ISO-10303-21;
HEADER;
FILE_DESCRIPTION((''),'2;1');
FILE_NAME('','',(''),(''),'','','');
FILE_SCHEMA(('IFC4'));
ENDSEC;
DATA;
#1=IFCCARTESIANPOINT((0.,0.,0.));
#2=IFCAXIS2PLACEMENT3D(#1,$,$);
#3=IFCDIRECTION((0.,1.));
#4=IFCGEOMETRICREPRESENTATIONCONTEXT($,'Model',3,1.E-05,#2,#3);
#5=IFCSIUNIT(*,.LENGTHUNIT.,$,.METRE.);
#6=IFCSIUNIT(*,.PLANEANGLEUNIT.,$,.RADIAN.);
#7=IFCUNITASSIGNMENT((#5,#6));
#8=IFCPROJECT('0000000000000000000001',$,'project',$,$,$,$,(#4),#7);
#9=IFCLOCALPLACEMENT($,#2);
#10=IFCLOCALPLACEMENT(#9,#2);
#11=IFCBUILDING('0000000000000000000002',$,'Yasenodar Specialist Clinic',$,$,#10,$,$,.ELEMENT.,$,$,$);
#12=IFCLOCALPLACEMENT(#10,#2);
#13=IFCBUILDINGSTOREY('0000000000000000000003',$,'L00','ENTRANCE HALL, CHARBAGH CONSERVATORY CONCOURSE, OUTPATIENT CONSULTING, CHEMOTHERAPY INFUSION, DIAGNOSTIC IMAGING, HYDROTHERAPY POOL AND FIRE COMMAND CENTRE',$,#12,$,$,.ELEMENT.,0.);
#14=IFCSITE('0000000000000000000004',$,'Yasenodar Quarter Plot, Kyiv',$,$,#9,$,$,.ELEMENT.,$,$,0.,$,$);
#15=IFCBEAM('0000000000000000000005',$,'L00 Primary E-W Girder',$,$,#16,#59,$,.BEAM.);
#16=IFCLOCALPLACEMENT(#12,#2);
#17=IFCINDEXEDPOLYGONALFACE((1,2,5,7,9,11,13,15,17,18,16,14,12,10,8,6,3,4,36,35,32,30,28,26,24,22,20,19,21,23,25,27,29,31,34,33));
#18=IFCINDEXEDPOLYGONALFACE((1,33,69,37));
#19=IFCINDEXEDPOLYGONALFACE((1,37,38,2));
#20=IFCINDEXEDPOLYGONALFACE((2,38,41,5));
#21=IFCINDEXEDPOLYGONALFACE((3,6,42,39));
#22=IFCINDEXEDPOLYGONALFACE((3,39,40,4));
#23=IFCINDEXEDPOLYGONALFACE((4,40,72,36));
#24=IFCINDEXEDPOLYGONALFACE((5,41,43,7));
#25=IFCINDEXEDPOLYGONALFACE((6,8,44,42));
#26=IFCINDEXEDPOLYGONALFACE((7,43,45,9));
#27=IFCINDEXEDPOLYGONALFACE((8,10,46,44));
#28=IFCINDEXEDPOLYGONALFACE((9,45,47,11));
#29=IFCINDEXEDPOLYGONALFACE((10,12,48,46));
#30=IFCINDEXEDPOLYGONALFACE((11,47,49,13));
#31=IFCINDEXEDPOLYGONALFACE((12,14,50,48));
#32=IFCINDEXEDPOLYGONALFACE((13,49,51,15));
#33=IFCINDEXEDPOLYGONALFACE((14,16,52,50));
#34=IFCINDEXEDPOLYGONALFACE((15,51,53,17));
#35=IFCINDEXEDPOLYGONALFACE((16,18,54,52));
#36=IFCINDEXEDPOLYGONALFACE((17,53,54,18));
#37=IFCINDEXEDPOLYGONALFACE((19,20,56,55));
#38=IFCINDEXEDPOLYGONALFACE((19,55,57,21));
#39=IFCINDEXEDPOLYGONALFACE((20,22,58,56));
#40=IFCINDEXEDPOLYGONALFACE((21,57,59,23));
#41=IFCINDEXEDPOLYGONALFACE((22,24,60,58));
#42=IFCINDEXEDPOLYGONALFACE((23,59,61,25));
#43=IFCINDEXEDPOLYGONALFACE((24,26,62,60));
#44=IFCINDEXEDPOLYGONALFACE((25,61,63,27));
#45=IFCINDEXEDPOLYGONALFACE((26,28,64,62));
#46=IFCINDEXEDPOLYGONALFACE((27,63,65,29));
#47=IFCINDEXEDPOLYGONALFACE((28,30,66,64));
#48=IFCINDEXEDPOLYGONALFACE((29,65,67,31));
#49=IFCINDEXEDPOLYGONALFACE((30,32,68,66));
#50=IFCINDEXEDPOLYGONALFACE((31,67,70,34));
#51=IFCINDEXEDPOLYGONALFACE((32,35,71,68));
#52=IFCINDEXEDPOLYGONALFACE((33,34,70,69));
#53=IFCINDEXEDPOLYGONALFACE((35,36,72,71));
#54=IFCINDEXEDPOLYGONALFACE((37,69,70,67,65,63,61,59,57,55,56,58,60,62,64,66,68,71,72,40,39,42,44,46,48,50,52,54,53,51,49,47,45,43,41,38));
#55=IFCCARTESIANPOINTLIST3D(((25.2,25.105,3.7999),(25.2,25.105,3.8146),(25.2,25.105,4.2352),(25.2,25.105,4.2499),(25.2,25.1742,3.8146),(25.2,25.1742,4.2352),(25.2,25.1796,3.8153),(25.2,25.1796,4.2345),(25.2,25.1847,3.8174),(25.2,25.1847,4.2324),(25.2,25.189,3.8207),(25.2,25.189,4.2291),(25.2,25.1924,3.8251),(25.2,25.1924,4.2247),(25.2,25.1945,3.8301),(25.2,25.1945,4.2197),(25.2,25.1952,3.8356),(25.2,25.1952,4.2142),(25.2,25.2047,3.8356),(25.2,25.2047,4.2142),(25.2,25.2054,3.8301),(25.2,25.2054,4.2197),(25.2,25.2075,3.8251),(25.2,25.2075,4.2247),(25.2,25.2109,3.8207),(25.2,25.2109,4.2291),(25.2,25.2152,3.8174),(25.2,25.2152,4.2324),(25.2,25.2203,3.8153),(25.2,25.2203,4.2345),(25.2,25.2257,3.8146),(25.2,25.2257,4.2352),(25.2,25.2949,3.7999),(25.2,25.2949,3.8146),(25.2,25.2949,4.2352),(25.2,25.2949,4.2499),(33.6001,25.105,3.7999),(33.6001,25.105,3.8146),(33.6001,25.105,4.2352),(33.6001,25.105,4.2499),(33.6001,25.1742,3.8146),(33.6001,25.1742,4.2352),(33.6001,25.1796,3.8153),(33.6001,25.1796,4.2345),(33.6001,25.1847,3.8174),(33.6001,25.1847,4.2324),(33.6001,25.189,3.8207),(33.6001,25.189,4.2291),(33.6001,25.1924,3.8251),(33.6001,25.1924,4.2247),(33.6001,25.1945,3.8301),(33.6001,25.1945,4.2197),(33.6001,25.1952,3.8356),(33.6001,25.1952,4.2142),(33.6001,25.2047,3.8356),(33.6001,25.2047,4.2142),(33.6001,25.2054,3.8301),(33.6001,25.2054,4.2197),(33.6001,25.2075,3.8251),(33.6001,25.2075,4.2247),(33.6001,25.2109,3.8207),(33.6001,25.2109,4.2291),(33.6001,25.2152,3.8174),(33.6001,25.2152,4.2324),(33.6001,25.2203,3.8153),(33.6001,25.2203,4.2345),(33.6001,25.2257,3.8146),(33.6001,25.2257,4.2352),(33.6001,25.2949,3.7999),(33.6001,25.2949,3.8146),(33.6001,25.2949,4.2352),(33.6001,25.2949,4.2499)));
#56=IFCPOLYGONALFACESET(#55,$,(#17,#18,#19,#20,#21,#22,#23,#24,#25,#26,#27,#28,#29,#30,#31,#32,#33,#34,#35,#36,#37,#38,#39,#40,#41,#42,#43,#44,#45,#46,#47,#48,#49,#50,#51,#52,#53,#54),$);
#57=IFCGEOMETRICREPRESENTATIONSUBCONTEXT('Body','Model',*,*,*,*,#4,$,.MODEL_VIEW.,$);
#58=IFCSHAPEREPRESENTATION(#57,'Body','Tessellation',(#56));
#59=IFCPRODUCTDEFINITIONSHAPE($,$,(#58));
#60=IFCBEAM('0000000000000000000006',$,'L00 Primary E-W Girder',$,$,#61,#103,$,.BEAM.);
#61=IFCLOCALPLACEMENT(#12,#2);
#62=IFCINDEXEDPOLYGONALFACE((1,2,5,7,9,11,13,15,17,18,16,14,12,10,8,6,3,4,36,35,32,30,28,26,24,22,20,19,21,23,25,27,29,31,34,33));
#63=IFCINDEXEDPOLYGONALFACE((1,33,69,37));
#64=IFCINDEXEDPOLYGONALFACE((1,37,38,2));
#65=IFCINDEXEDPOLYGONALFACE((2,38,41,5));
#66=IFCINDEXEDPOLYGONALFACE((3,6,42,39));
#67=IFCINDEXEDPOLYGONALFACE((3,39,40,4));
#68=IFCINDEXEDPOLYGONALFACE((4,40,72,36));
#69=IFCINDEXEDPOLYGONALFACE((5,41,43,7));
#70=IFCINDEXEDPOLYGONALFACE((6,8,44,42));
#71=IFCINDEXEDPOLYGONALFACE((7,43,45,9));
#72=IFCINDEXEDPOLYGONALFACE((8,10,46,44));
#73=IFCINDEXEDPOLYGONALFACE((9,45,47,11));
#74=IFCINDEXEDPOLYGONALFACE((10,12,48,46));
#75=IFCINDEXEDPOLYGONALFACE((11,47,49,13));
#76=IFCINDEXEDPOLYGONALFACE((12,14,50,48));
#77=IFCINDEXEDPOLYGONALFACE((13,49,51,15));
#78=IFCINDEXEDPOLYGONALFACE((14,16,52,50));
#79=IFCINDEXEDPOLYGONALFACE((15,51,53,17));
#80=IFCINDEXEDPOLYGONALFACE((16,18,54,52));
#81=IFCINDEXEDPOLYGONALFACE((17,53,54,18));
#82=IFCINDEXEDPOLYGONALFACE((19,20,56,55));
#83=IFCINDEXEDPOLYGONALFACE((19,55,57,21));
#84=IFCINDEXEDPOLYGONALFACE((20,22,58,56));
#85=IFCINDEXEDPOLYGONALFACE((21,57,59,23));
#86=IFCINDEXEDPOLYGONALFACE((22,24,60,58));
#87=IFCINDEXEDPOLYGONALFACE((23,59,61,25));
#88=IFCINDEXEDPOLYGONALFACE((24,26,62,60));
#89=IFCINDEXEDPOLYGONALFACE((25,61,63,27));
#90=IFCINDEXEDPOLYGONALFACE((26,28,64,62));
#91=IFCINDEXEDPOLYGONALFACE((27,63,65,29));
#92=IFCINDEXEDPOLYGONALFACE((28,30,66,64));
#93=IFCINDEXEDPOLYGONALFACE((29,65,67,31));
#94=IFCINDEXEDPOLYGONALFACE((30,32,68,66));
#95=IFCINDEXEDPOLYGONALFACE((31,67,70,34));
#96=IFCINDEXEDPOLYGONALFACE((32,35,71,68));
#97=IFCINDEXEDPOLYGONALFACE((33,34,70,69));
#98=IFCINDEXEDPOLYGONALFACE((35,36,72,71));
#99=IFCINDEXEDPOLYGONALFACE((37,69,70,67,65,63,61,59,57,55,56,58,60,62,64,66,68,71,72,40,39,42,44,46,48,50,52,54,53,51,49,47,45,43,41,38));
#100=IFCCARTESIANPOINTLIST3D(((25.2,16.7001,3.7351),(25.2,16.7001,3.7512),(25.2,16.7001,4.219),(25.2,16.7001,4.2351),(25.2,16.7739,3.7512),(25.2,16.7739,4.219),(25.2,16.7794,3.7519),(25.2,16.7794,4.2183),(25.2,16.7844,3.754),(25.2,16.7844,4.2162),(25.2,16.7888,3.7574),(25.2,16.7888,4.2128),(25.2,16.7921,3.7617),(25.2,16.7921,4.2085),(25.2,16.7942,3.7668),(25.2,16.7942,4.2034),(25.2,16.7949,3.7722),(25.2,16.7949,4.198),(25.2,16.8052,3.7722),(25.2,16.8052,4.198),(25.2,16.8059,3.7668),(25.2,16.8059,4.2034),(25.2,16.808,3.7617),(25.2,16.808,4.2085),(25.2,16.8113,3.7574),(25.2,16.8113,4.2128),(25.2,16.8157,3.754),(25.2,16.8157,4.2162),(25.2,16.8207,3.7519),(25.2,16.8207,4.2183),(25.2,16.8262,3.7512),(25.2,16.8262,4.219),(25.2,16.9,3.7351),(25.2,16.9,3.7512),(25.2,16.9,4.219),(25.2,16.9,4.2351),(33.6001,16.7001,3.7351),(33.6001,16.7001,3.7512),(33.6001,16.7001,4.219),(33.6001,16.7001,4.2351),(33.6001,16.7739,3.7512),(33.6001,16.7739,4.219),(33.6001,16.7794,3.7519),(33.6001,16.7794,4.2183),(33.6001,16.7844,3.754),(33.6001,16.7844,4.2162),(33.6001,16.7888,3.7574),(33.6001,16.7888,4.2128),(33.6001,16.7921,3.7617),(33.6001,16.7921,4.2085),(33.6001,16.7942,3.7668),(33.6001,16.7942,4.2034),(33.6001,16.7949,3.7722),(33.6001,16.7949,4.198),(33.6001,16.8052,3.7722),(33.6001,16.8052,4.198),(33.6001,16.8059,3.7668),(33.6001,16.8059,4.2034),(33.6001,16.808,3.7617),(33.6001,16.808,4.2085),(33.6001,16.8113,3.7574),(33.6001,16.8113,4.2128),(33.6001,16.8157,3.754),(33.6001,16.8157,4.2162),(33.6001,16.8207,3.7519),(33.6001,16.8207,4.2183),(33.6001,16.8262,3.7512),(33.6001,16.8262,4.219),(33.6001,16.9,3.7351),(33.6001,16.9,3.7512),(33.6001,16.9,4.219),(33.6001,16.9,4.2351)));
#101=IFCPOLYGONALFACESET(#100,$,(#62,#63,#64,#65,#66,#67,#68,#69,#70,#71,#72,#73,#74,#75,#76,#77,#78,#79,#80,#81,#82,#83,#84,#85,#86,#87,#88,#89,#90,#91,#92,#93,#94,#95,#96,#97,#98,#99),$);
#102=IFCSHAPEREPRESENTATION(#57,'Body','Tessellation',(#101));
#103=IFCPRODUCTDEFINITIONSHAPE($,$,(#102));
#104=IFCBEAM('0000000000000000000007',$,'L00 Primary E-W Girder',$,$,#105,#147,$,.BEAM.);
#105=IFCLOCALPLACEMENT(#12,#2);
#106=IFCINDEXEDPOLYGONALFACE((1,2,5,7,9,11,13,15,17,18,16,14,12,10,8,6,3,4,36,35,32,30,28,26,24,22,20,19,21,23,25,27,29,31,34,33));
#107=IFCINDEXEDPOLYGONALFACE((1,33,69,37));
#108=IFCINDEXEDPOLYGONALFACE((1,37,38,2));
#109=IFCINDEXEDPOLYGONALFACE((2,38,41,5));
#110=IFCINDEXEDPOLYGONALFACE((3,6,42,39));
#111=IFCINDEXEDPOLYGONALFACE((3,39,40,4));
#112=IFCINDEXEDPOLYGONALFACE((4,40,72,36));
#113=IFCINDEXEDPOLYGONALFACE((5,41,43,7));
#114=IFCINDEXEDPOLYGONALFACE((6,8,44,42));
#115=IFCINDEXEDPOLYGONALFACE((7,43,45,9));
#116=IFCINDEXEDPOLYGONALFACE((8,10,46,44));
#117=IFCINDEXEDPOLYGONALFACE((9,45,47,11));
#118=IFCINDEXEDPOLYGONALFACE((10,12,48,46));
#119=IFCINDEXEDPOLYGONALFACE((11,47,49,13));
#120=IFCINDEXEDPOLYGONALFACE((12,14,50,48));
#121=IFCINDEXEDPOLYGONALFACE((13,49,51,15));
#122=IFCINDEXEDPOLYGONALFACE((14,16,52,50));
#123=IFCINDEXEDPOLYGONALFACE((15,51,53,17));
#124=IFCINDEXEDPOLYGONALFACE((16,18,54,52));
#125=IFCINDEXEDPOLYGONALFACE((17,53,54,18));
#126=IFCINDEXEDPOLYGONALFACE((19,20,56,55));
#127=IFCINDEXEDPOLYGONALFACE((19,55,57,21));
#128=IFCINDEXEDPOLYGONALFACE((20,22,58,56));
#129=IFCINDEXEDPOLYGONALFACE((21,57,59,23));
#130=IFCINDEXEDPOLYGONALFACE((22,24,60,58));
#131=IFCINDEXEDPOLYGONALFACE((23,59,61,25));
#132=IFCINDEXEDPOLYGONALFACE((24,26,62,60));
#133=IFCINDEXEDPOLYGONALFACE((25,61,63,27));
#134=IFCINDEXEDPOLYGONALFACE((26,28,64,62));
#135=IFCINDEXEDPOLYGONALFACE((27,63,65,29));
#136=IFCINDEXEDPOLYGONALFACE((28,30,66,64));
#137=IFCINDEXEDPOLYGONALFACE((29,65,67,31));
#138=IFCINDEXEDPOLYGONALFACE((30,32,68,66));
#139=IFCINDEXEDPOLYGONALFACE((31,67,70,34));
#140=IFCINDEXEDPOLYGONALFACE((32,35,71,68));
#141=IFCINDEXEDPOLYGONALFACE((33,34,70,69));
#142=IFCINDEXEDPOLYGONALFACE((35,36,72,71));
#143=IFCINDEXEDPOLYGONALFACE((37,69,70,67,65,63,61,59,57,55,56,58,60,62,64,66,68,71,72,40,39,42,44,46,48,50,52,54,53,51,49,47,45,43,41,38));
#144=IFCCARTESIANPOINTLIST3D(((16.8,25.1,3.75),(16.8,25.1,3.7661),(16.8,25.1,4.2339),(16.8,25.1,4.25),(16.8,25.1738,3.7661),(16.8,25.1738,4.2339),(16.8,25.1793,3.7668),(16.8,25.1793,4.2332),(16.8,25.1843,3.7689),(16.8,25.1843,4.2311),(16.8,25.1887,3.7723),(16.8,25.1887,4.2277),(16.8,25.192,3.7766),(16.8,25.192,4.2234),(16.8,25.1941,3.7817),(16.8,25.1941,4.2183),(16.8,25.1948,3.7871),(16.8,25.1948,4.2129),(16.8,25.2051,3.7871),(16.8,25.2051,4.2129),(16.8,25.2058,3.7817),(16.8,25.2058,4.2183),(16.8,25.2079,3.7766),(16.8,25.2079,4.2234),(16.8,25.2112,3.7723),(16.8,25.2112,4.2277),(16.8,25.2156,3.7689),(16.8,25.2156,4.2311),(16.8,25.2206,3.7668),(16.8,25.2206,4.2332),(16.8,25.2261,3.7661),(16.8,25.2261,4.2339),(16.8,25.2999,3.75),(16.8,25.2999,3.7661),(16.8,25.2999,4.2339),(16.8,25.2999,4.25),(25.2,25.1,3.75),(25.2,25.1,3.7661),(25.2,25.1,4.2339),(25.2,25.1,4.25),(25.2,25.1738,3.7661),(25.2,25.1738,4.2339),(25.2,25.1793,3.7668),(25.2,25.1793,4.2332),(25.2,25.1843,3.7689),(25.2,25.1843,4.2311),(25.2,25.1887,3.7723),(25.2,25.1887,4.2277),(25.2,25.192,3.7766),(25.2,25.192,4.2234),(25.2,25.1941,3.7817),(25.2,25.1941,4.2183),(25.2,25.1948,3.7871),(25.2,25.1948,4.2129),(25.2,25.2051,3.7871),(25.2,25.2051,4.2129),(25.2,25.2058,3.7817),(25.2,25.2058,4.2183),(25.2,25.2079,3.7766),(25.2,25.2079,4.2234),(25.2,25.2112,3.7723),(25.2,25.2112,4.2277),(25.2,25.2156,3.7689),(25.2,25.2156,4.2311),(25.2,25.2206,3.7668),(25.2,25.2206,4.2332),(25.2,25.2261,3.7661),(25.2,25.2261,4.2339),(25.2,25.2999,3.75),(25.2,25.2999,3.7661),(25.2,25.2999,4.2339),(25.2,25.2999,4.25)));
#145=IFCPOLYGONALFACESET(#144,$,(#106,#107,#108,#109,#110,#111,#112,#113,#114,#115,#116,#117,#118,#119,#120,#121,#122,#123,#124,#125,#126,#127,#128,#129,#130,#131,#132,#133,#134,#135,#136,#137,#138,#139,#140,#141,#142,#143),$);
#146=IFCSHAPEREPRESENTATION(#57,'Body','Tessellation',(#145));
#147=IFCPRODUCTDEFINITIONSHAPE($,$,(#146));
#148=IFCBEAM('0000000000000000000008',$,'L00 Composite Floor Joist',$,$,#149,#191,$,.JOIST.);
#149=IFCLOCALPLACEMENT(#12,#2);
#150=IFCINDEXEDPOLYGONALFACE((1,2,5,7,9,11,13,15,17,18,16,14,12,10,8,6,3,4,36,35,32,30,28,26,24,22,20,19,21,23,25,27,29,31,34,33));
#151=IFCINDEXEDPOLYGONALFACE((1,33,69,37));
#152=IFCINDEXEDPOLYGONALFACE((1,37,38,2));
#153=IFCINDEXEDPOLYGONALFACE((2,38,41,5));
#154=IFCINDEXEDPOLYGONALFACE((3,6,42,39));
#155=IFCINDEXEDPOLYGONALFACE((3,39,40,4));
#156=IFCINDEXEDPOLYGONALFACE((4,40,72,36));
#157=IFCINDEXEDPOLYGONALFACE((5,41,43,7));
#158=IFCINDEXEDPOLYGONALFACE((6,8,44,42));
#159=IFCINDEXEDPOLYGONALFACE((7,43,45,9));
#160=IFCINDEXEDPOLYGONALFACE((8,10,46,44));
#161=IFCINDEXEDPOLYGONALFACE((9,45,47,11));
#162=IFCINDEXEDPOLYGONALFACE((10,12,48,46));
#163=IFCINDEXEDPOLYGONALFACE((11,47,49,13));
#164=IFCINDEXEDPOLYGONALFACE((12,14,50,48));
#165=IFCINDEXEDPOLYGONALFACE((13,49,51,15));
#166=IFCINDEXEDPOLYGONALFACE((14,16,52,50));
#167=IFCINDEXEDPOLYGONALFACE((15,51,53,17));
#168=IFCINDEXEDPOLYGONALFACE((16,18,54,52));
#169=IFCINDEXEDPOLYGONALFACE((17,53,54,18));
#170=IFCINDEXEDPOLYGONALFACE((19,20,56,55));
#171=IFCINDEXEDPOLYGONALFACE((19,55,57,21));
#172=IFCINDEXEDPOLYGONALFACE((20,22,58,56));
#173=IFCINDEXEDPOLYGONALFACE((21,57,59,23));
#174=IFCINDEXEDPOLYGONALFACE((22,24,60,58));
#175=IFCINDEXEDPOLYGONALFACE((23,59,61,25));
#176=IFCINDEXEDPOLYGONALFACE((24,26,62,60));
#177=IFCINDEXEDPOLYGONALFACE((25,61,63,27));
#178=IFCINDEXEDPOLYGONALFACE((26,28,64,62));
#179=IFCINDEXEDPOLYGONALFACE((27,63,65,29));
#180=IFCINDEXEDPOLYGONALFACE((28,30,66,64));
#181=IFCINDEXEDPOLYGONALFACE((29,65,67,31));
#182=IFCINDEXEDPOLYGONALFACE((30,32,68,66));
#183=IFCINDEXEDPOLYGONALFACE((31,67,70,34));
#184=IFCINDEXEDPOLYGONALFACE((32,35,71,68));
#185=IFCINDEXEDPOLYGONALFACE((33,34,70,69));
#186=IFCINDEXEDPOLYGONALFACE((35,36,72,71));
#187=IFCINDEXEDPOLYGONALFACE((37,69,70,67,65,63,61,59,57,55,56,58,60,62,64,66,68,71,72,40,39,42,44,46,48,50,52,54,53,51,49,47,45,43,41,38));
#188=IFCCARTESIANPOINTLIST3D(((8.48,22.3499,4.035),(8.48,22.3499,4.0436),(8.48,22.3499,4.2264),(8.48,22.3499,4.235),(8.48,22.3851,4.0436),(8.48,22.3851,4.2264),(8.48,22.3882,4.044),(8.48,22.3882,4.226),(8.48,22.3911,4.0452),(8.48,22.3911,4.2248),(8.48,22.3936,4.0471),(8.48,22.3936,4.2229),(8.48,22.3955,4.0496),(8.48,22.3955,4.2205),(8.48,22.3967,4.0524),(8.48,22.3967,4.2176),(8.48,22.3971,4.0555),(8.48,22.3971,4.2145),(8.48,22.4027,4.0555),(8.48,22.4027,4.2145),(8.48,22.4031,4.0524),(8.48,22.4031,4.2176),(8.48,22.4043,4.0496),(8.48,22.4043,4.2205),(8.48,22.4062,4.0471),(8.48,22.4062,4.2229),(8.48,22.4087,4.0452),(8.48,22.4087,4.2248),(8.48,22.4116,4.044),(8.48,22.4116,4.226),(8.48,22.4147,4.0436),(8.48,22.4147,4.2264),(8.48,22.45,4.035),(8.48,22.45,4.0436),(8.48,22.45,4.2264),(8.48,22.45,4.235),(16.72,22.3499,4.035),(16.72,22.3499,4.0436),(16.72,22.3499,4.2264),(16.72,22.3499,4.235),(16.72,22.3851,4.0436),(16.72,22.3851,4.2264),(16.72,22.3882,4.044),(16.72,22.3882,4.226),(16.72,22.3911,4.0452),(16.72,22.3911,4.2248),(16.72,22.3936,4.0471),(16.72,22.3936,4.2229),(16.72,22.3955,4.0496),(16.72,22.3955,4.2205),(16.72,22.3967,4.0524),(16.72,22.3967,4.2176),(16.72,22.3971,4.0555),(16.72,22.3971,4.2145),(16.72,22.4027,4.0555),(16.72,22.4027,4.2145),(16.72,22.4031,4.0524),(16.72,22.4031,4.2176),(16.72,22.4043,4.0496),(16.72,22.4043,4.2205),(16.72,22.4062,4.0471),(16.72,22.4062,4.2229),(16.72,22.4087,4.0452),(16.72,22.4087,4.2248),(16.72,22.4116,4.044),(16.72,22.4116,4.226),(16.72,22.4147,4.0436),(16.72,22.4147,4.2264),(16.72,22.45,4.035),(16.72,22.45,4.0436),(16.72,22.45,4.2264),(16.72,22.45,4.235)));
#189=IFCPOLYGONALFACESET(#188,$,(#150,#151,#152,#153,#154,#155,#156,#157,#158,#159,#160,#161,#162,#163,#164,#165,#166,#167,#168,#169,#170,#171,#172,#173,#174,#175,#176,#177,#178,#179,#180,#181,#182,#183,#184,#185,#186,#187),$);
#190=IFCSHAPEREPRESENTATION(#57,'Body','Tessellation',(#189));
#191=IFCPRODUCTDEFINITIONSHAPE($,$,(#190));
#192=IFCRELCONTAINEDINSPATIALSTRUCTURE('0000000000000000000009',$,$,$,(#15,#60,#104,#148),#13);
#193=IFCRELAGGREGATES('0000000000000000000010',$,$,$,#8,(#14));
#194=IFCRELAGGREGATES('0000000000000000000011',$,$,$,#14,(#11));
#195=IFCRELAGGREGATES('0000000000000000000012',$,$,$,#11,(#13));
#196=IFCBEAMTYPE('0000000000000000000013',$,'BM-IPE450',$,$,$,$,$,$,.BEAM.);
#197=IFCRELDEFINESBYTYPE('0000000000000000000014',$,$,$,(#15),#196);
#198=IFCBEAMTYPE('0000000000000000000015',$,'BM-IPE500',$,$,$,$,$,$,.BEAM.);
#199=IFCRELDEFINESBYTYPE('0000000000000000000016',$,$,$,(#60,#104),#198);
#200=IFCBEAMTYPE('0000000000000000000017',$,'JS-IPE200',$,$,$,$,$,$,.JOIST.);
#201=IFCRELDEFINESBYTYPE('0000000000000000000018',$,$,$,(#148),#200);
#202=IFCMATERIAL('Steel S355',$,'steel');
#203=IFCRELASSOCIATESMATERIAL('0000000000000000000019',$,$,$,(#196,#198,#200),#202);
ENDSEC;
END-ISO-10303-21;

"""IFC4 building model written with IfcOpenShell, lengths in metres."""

from ifc_helpers import new_model, si_unit, direction, frame, origin, origin_2d, place, context, subcontext, project, spatial, i_section, extrude, material, material_profile, profile_set, type_object, element, save


model = new_model("IFC4")

# Units and contexts
model_context = context("Model", 3, precision=1e-05, world=origin(), true_north=direction((0.0, 1.0)))
body_context = subcontext(model_context, "Body", "Model", "MODEL_VIEW")
ifc_project = project(units=[si_unit("LENGTHUNIT", "METRE"), si_unit("PLANEANGLEUNIT", "RADIAN")], contexts=[model_context])

# Site, building, storey
site_placement = place(None, origin())
site = spatial("IfcSite", under=ifc_project, at=site_placement, Name="Yasenodar Quarter Plot, Kyiv", CompositionType="ELEMENT", RefElevation=0.0)
building_placement = place(site_placement, origin())
building = spatial("IfcBuilding", under=site, at=building_placement, Name="Yasenodar Specialist Clinic", CompositionType="ELEMENT")
storey_placement = place(building_placement, origin())
storey = spatial("IfcBuildingStorey", under=building, at=storey_placement, Name="L00", Description="ENTRANCE HALL, CHARBAGH CONSERVATORY CONCOURSE, OUTPATIENT CONSULTING, CHEMOTHERAPY INFUSION, DIAGNOSTIC IMAGING, HYDROTHERAPY POOL AND FIRE COMMAND CENTRE", CompositionType="ELEMENT", Elevation=0.0)

# Shared definitions
ifc_material_1 = material(Name="Steel S355", Category="steel")

# Beams
ifc_material_profile_1 = material_profile(ifc_material_1, i_section(OverallWidth=0.1899, OverallDepth=0.45, WebThickness=0.0095, FlangeThickness=0.0146, FilletRadius=0.021, at=origin_2d()), Name="IPE 450")
ifc_profile_set_1 = profile_set([ifc_material_profile_1], Name="Steel S355")
beam_type_1 = type_object("IfcBeamType", Name="BM-IPE450", PredefinedType="BEAM", material=ifc_profile_set_1)
beam_1_placement = place(storey_placement, frame((25.2, 25.2, 4.0249), z_axis=(1.0, 0.0, 0.0), x_axis=(0.0, 1.0, 0.0)))
element("IfcBeam", 1, at=beam_1_placement, inside=storey, type_object=beam_type_1, Name="L00 Primary E-W Girder", PredefinedType="BEAM", context=body_context, shape_type="SweptSolid", body=[
    extrude(i_section(OverallWidth=0.1899, OverallDepth=0.45, WebThickness=0.0095, FlangeThickness=0.0146, FilletRadius=0.021, at=origin_2d()), origin(), (0.0, 0.0, 1.0), 8.4001),
])
ifc_material_profile_2 = material_profile(ifc_material_1, i_section(OverallWidth=0.2, OverallDepth=0.5, WebThickness=0.0103, FlangeThickness=0.0161, FilletRadius=0.021, at=origin_2d()), Name="IPE 500")
ifc_profile_set_2 = profile_set([ifc_material_profile_2], Name="Steel S355")
beam_type_2 = type_object("IfcBeamType", Name="BM-IPE500", PredefinedType="BEAM", material=ifc_profile_set_2)
beam_2_placement = place(storey_placement, frame((25.2, 16.8, 3.9851), z_axis=(1.0, 0.0, 0.0), x_axis=(0.0, 1.0, 0.0)))
element("IfcBeam", 2, at=beam_2_placement, inside=storey, type_object=beam_type_2, Name="L00 Primary E-W Girder", PredefinedType="BEAM", context=body_context, shape_type="SweptSolid", body=[
    extrude(i_section(OverallWidth=0.2, OverallDepth=0.5, WebThickness=0.0103, FlangeThickness=0.0161, FilletRadius=0.021, at=origin_2d()), origin(), (0.0, 0.0, 1.0), 8.4001),
])
beam_3_placement = place(storey_placement, frame((16.8, 25.2, 4.0), z_axis=(1.0, 0.0, 0.0), x_axis=(0.0, 1.0, 0.0)))
element("IfcBeam", 3, at=beam_3_placement, inside=storey, type_object=beam_type_2, Name="L00 Primary E-W Girder", PredefinedType="BEAM", context=body_context, shape_type="SweptSolid", body=[
    extrude(i_section(OverallWidth=0.2, OverallDepth=0.5, WebThickness=0.0103, FlangeThickness=0.0161, FilletRadius=0.021, at=origin_2d()), origin(), (0.0, 0.0, 1.0), 8.3999),
])
ifc_material_profile_3 = material_profile(ifc_material_1, i_section(OverallWidth=0.1001, OverallDepth=0.2, WebThickness=0.0056, FlangeThickness=0.0085, FilletRadius=0.012, at=origin_2d()), Name="IPE 200")
ifc_profile_set_3 = profile_set([ifc_material_profile_3], Name="Steel S355")
beam_type_3 = type_object("IfcBeamType", Name="JS-IPE200", PredefinedType="JOIST", material=ifc_profile_set_3)
for number, where, z_axis, x_axis, name in (
    (4, (8.48, 22.3999, 4.135), (1.0, 0.0, 0.0), (0.0, 1.0, 0.0), "L00 Composite Floor Joist"),
):
    element("IfcBeam", number, at=place(storey_placement, frame(where, z_axis=z_axis, x_axis=x_axis)), inside=storey, type_object=beam_type_3, Name=name, PredefinedType="JOIST", context=body_context, shape_type="SweptSolid", body=[
        extrude(i_section(OverallWidth=0.1001, OverallDepth=0.2, WebThickness=0.0056, FlangeThickness=0.0085, FilletRadius=0.012, at=origin_2d()), origin(), (0.0, 0.0, 1.0), 8.24),
    ])

save(model, "model.ifc")
